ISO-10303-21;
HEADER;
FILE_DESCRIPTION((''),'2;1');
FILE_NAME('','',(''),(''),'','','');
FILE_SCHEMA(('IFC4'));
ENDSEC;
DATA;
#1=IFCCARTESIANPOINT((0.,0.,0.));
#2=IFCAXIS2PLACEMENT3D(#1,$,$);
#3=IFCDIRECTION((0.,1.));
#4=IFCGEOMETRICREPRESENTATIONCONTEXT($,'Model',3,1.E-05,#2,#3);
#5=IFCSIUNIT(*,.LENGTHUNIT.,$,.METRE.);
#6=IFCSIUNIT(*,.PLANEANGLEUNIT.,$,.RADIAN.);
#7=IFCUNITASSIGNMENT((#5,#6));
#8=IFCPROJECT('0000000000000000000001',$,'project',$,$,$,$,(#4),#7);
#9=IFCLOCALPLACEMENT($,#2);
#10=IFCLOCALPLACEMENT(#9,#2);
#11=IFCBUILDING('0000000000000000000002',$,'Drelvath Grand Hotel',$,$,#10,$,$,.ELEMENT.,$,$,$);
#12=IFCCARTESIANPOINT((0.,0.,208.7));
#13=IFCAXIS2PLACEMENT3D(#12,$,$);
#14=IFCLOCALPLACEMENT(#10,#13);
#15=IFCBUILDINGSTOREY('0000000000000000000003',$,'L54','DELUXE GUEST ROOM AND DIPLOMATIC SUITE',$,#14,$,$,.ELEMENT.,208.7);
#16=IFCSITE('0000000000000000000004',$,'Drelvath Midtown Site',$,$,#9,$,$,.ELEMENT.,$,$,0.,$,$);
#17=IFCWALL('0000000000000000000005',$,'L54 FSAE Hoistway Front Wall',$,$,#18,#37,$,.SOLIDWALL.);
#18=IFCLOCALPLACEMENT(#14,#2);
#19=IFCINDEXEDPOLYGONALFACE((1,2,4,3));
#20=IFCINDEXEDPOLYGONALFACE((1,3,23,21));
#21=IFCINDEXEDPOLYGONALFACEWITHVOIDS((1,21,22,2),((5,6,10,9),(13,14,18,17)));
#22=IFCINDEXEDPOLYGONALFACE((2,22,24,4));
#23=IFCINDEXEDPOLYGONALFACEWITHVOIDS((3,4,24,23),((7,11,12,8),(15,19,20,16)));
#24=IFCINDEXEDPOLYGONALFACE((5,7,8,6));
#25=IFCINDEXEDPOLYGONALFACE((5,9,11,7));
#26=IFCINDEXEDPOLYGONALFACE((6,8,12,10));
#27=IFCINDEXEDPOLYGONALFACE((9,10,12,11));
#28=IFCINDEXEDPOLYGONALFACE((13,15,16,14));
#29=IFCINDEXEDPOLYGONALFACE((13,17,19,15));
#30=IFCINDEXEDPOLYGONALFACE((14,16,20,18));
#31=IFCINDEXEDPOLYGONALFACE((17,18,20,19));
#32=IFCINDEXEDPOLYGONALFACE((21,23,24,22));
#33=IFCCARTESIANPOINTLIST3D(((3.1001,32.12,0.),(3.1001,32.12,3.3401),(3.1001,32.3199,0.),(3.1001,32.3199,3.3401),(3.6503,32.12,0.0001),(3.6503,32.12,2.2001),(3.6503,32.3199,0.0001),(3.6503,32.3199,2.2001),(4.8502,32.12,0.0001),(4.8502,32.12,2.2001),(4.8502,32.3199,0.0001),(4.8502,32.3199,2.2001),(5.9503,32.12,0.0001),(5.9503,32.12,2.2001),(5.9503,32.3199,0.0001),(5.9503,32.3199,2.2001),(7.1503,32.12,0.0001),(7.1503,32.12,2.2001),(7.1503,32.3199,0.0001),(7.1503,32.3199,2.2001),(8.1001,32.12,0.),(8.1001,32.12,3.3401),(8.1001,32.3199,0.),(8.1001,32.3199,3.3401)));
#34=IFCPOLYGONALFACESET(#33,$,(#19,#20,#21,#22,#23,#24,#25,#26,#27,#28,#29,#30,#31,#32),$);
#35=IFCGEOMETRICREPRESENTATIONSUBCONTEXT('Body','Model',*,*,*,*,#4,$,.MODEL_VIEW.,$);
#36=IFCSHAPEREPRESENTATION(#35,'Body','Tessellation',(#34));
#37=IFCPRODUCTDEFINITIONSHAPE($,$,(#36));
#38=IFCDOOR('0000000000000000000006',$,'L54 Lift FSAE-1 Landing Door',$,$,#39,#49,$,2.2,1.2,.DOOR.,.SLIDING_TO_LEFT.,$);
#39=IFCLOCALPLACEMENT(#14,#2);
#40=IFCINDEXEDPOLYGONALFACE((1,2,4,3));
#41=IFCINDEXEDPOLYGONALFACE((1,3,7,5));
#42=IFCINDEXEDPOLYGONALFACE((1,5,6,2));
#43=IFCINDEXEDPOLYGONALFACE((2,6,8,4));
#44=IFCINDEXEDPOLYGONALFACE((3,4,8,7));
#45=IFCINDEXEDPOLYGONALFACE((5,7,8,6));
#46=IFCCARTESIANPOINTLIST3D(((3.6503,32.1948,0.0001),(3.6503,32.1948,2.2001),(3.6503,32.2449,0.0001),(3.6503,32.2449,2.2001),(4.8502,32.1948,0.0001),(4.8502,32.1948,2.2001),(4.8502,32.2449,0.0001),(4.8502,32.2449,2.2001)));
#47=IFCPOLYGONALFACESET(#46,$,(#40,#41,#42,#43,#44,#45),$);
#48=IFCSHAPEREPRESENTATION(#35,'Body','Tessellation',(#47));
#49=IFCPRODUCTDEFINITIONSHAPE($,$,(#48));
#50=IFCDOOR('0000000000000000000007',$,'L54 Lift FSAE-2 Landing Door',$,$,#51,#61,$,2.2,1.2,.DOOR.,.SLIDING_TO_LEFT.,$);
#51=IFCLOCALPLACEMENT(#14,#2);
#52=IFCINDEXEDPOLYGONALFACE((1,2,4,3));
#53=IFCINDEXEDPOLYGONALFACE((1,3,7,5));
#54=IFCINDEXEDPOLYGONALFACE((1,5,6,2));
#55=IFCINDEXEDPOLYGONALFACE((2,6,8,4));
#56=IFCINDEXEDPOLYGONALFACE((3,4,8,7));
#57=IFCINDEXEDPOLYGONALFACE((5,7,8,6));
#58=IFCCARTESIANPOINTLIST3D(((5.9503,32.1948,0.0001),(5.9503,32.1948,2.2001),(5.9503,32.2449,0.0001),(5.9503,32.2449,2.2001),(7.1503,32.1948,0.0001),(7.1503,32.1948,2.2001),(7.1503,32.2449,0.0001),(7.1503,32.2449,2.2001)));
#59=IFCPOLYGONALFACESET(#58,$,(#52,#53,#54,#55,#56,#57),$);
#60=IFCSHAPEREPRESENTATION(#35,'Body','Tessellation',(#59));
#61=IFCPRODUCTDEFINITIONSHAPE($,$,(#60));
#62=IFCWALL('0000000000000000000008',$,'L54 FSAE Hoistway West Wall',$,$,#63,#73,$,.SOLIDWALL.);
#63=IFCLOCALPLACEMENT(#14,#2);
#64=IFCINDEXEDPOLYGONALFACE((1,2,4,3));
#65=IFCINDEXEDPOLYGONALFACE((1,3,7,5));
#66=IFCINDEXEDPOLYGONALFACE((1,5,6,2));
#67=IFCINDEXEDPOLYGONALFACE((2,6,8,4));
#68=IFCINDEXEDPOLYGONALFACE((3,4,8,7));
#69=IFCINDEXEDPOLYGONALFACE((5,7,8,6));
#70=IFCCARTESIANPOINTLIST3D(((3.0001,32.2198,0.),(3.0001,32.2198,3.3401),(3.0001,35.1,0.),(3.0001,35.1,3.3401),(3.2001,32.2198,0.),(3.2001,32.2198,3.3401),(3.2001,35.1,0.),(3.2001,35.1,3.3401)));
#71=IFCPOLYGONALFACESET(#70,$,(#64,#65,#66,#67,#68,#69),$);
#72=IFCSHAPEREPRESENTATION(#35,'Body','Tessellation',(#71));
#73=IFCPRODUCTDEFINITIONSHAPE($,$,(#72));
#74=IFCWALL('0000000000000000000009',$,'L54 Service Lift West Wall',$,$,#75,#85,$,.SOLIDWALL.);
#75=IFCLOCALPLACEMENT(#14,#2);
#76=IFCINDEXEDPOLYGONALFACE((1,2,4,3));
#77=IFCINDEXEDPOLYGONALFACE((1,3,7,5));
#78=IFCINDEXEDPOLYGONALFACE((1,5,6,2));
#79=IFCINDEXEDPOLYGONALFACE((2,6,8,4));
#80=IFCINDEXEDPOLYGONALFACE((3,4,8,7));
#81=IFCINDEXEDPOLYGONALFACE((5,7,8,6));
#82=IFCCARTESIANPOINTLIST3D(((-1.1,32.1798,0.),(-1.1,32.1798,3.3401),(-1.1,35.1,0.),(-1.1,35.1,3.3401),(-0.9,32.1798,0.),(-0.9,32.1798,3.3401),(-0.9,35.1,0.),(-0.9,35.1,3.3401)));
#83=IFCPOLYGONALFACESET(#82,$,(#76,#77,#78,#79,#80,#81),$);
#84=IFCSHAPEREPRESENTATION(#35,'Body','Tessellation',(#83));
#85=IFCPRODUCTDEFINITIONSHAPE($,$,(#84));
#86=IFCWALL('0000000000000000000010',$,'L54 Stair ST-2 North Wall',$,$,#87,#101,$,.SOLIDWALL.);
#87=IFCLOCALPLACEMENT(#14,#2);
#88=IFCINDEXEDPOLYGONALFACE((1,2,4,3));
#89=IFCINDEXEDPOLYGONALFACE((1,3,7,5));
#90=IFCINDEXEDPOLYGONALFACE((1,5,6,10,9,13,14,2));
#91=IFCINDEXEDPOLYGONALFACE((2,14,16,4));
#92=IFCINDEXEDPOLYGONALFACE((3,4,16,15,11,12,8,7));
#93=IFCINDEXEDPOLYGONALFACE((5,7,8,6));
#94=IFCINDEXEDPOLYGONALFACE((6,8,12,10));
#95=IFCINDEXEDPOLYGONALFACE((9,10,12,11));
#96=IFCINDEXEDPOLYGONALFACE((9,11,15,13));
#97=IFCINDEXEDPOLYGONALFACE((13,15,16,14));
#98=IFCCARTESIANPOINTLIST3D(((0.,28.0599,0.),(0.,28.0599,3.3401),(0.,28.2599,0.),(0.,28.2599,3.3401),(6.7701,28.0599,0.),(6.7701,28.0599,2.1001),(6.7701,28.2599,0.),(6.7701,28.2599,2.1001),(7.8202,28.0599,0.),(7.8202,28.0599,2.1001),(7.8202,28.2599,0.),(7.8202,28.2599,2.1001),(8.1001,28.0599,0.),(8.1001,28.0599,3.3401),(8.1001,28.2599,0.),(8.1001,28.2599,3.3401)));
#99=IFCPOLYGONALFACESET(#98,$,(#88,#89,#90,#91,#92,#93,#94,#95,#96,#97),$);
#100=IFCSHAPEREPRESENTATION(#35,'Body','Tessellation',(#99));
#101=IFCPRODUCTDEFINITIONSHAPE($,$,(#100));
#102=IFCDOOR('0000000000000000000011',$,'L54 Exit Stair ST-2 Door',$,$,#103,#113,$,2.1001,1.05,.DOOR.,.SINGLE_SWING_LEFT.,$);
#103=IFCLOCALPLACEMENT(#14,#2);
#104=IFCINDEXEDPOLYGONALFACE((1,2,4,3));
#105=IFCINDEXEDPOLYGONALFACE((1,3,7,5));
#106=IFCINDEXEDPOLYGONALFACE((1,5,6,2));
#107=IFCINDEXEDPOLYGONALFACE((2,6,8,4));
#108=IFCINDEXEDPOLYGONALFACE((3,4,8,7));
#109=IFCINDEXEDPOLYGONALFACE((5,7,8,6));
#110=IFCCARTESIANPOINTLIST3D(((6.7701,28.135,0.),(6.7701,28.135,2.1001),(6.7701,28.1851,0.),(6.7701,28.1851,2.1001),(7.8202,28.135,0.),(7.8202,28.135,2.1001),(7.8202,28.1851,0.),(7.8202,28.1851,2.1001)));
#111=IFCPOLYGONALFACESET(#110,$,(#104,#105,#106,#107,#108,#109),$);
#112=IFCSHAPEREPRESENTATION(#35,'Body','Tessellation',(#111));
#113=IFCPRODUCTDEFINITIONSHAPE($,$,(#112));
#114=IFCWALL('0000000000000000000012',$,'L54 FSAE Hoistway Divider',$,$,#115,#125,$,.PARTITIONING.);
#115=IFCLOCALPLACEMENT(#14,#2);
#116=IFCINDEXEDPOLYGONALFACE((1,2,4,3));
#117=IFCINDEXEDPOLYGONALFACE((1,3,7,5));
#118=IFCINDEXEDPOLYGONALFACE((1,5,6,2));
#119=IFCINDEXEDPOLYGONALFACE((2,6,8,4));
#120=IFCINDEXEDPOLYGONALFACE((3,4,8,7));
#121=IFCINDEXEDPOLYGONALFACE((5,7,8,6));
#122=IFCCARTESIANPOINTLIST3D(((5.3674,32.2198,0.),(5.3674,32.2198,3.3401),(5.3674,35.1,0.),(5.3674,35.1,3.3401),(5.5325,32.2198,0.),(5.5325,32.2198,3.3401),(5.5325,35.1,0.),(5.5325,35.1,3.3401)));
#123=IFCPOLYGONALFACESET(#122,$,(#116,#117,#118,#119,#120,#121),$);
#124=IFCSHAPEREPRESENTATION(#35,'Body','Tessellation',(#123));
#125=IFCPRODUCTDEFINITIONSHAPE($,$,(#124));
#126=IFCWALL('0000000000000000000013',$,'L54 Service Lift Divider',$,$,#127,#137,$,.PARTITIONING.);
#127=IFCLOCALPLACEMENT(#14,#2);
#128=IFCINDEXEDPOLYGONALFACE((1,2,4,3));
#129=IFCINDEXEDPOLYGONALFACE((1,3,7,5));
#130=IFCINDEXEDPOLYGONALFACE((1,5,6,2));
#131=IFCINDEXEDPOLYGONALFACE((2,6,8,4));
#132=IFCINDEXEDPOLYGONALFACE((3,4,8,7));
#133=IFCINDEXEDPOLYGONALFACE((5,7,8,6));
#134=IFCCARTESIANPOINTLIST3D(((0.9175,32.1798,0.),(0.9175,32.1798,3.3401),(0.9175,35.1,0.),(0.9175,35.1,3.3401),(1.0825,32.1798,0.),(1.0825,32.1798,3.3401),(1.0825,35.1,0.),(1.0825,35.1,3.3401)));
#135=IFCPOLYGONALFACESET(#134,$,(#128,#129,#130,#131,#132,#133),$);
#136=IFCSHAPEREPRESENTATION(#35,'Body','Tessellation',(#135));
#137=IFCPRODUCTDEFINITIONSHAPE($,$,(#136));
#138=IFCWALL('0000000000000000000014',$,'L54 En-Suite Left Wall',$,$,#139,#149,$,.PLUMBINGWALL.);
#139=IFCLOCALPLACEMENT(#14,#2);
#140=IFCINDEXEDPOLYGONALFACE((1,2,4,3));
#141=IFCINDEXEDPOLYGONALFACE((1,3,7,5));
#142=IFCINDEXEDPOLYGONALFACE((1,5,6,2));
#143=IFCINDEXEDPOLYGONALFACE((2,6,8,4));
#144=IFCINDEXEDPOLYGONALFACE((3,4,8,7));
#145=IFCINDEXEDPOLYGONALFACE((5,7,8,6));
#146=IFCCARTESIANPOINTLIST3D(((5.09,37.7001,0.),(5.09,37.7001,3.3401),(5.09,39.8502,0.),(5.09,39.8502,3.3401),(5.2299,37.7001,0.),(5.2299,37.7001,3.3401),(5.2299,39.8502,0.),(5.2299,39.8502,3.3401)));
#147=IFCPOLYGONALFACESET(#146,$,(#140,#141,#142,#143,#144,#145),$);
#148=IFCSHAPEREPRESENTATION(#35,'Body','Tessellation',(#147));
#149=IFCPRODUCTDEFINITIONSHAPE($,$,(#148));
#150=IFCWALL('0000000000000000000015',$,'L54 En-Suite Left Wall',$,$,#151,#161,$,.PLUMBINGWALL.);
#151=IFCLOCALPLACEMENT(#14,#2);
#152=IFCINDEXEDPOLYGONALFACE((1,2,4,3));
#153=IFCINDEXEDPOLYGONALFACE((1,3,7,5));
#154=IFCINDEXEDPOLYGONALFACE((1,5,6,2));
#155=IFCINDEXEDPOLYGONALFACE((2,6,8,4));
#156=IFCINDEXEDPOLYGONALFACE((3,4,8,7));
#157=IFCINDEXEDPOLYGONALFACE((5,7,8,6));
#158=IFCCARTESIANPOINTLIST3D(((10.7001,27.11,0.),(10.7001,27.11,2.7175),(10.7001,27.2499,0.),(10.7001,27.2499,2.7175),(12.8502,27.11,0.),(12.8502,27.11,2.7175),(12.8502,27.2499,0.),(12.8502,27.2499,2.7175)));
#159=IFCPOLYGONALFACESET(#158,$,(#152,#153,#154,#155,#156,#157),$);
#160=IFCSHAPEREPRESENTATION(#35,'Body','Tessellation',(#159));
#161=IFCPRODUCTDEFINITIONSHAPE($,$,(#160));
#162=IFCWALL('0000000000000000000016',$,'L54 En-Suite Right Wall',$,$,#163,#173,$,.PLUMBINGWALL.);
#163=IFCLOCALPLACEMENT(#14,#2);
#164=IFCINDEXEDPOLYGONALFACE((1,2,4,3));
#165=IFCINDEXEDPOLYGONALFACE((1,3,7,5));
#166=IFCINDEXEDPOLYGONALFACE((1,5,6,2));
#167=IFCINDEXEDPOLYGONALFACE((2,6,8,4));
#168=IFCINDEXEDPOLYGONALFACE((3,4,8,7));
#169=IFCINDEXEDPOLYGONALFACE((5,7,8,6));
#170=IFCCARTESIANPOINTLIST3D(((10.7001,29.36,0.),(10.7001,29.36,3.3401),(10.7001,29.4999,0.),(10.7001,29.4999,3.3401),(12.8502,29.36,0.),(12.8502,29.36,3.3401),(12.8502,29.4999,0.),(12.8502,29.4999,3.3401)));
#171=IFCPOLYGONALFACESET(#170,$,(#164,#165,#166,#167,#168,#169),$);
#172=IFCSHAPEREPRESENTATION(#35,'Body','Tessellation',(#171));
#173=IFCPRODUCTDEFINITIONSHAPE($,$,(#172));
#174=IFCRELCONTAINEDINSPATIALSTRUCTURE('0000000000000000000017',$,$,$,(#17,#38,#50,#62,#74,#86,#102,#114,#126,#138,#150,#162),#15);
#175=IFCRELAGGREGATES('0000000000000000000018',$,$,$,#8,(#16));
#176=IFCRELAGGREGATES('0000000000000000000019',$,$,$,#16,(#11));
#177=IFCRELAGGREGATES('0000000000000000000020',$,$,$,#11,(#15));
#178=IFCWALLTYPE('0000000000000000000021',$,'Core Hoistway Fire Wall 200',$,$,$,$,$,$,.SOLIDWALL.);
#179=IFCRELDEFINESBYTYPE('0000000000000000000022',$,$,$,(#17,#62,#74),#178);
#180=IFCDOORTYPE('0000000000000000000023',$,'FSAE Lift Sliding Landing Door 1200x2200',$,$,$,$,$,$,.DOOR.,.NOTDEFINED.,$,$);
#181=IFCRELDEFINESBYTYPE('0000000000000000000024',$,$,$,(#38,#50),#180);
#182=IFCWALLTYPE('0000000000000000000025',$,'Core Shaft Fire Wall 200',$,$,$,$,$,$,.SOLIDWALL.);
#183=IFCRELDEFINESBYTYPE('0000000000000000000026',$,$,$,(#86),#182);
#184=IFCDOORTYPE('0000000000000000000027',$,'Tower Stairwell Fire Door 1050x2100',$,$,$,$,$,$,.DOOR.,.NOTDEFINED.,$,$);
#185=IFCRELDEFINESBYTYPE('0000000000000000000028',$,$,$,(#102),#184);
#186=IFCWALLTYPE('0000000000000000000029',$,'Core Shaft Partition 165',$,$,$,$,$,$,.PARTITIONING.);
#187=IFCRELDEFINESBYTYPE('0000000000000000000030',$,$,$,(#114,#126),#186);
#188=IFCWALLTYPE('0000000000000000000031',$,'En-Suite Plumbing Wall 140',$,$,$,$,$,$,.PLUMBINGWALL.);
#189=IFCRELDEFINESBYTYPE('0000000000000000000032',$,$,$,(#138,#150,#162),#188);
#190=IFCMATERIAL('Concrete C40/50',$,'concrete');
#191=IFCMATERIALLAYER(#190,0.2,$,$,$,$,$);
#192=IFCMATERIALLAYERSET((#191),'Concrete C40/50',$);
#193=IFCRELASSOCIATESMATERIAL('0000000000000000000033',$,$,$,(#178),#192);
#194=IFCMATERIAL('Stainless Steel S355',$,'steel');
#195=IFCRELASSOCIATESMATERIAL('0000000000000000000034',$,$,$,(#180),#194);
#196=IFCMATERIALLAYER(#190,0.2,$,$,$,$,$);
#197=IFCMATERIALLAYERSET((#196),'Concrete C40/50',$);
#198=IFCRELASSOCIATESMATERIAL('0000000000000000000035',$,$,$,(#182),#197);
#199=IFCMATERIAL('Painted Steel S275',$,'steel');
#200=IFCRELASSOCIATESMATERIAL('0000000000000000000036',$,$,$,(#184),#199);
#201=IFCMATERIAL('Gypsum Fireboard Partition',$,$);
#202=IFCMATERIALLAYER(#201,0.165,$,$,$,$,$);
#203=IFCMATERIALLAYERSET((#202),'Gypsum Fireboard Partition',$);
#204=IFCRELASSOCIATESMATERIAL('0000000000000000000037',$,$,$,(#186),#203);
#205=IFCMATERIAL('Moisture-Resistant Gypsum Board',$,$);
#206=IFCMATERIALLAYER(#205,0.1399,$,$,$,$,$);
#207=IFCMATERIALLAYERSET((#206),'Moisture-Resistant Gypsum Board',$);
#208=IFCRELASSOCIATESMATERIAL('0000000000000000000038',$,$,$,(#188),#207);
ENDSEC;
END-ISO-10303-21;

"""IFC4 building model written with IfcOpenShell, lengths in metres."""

from ifc_helpers import new_model, si_unit, direction, frame, frame_2d, origin, place, context, subcontext, project, spatial, rectangle, extrude, material, layer, layer_set, type_object, element, fill, save


model = new_model("IFC4")

# Units and contexts
model_context = context("Model", 3, precision=1e-05, world=origin(), true_north=direction((0.0, 1.0)))
body_context = subcontext(model_context, "Body", "Model", "MODEL_VIEW")
ifc_project = project(units=[si_unit("LENGTHUNIT", "METRE"), si_unit("PLANEANGLEUNIT", "RADIAN")], contexts=[model_context])

# Site, building, storey
site_placement = place(None, origin())
site = spatial("IfcSite", under=ifc_project, at=site_placement, Name="Drelvath Midtown Site", CompositionType="ELEMENT", RefElevation=0.0)
building_placement = place(site_placement, origin())
building = spatial("IfcBuilding", under=site, at=building_placement, Name="Drelvath Grand Hotel", CompositionType="ELEMENT")
storey_placement = place(building_placement, frame((0.0, 0.0, 208.7)))
storey = spatial("IfcBuildingStorey", under=building, at=storey_placement, Name="L54", Description="DELUXE GUEST ROOM AND DIPLOMATIC SUITE", CompositionType="ELEMENT", Elevation=208.7)

# Wall, openings, doors
ifc_material_1 = material(Name="Concrete C40/50", Category="concrete")
ifc_layer_1 = layer(ifc_material_1, 0.2)
ifc_layer_set_1 = layer_set([ifc_layer_1], Name="Concrete C40/50")
wall_type_1 = type_object("IfcWallType", Name="Core Hoistway Fire Wall 200", PredefinedType="SOLIDWALL", material=ifc_layer_set_1)
wall_1_placement = place(storey_placement, frame((3.1001, 32.22, 0.0), z_axis=(0.0, 0.0, 1.0), x_axis=(1.0, 0.0, 0.0)))
wall_1 = element("IfcWall", 1, at=wall_1_placement, inside=storey, type_object=wall_type_1, Name="L54 FSAE Hoistway Front Wall", PredefinedType="SOLIDWALL", context=body_context, shape_type="SweptSolid", body=[
    extrude(rectangle(XDim=5.0, YDim=0.2, at=frame_2d((2.5, 0.0))), origin(), (0.0, 0.0, 1.0), 3.3401),
])
opening_1_placement = place(wall_1_placement, frame((0.55, 0.0, 0.0)))
opening_1 = element("IfcOpeningElement", 2, at=opening_1_placement, cuts=wall_1, PredefinedType="OPENING", context=body_context, shape_type="SweptSolid", body=[
    extrude(rectangle(XDim=1.2, YDim=2.2, at=frame_2d((0.6001, 1.1001))), frame((0.0, 0.1099, 0.0), z_axis=(0.0, -1.0, 0.0), x_axis=(1.0, 0.0, 0.0)), (0.0, 0.0, 1.0), 0.22),
])
opening_2_placement = place(wall_1_placement, frame((2.8501, 0.0, 0.0)))
opening_2 = element("IfcOpeningElement", 3, at=opening_2_placement, cuts=wall_1, PredefinedType="OPENING", context=body_context, shape_type="SweptSolid", body=[
    extrude(rectangle(XDim=1.2, YDim=2.2, at=frame_2d((0.6001, 1.1001))), frame((0.0, 0.1099, 0.0), z_axis=(0.0, -1.0, 0.0), x_axis=(1.0, 0.0, 0.0)), (0.0, 0.0, 1.0), 0.22),
])
ifc_material_2 = material(Name="Stainless Steel S355", Category="steel")
door_type_1 = type_object("IfcDoorType", Name="FSAE Lift Sliding Landing Door 1200x2200", OperationType="NOTDEFINED", PredefinedType="DOOR", material=ifc_material_2)
door_1_placement = place(opening_1_placement, origin())
door_1 = element("IfcDoor", 4, at=door_1_placement, inside=storey, type_object=door_type_1, Name="L54 Lift FSAE-1 Landing Door", OperationType="SLIDING_TO_LEFT", OverallHeight=2.2, OverallWidth=1.2, PredefinedType="DOOR", context=body_context, shape_type="SweptSolid", body=[
    extrude(rectangle(XDim=1.2, YDim=2.2, at=frame_2d((0.6001, 1.1001))), frame((0.0, 0.0249, 0.0), z_axis=(0.0, -1.0, 0.0), x_axis=(1.0, 0.0, 0.0)), (0.0, 0.0, 1.0), 0.05),
])
fill(opening_1, door_1)
door_2_placement = place(opening_2_placement, origin())
door_2 = element("IfcDoor", 5, at=door_2_placement, inside=storey, type_object=door_type_1, Name="L54 Lift FSAE-2 Landing Door", OperationType="SLIDING_TO_LEFT", OverallHeight=2.2, OverallWidth=1.2, PredefinedType="DOOR", context=body_context, shape_type="SweptSolid", body=[
    extrude(rectangle(XDim=1.2, YDim=2.2, at=frame_2d((0.6001, 1.1001))), frame((0.0, 0.0249, 0.0), z_axis=(0.0, -1.0, 0.0), x_axis=(1.0, 0.0, 0.0)), (0.0, 0.0, 1.0), 0.05),
])
fill(opening_2, door_2)

# Walls
wall_2_placement = place(storey_placement, frame((3.1001, 32.22, 0.0), z_axis=(0.0, 0.0, 1.0), x_axis=(0.0, 1.0, 0.0)))
element("IfcWall", 6, at=wall_2_placement, inside=storey, type_object=wall_type_1, Name="L54 FSAE Hoistway West Wall", PredefinedType="SOLIDWALL", context=body_context, shape_type="SweptSolid", body=[
    extrude(rectangle(XDim=2.8801, YDim=0.2, at=frame_2d((1.4399, 0.0))), origin(), (0.0, 0.0, 1.0), 3.3401),
])
wall_3_placement = place(storey_placement, frame((-1.0, 32.1799, 0.0), z_axis=(0.0, 0.0, 1.0), x_axis=(0.0, 1.0, 0.0)))
element("IfcWall", 7, at=wall_3_placement, inside=storey, type_object=wall_type_1, Name="L54 Service Lift West Wall", PredefinedType="SOLIDWALL", context=body_context, shape_type="SweptSolid", body=[
    extrude(rectangle(XDim=2.9202, YDim=0.2, at=frame_2d((1.46, 0.0))), origin(), (0.0, 0.0, 1.0), 3.3401),
])

# Wall, opening, door
ifc_layer_2 = layer(ifc_material_1, 0.2)
ifc_layer_set_2 = layer_set([ifc_layer_2], Name="Concrete C40/50")
wall_type_2 = type_object("IfcWallType", Name="Core Shaft Fire Wall 200", PredefinedType="SOLIDWALL", material=ifc_layer_set_2)
wall_4_placement = place(storey_placement, frame((8.1001, 28.1599, 0.0), z_axis=(0.0, 0.0, 1.0), x_axis=(-1.0, 0.0, 0.0)))
wall_4 = element("IfcWall", 8, at=wall_4_placement, inside=storey, type_object=wall_type_2, Name="L54 Stair ST-2 North Wall", PredefinedType="SOLIDWALL", context=body_context, shape_type="SweptSolid", body=[
    extrude(rectangle(XDim=8.1001, YDim=0.2, at=frame_2d((4.05, 0.0))), origin(), (0.0, 0.0, 1.0), 3.3401),
])
opening_3_placement = place(wall_4_placement, frame((0.28, 0.0, 0.0)))
opening_3 = element("IfcOpeningElement", 9, at=opening_3_placement, cuts=wall_4, PredefinedType="OPENING", context=body_context, shape_type="SweptSolid", body=[
    extrude(rectangle(XDim=1.05, YDim=2.1001, at=frame_2d((0.5249, 1.05))), frame((0.0, 0.1099, 0.0), z_axis=(0.0, -1.0, 0.0), x_axis=(1.0, 0.0, 0.0)), (0.0, 0.0, 1.0), 0.22),
])
ifc_material_3 = material(Name="Painted Steel S275", Category="steel")
door_type_2 = type_object("IfcDoorType", Name="Tower Stairwell Fire Door 1050x2100", OperationType="NOTDEFINED", PredefinedType="DOOR", material=ifc_material_3)
door_3_placement = place(opening_3_placement, origin())
door_3 = element("IfcDoor", 10, at=door_3_placement, inside=storey, type_object=door_type_2, Name="L54 Exit Stair ST-2 Door", OperationType="SINGLE_SWING_LEFT", OverallHeight=2.1001, OverallWidth=1.05, PredefinedType="DOOR", context=body_context, shape_type="SweptSolid", body=[
    extrude(rectangle(XDim=1.05, YDim=2.1001, at=frame_2d((0.5249, 1.05))), frame((0.0, 0.0249, 0.0), z_axis=(0.0, -1.0, 0.0), x_axis=(1.0, 0.0, 0.0)), (0.0, 0.0, 1.0), 0.05),
])
fill(opening_3, door_3)

# Walls
ifc_material_4 = material(Name="Gypsum Fireboard Partition")
ifc_layer_3 = layer(ifc_material_4, 0.165)
ifc_layer_set_3 = layer_set([ifc_layer_3], Name="Gypsum Fireboard Partition")
wall_type_3 = type_object("IfcWallType", Name="Core Shaft Partition 165", PredefinedType="PARTITIONING", material=ifc_layer_set_3)
wall_5_placement = place(storey_placement, frame((5.45, 32.22, 0.0), z_axis=(0.0, 0.0, 1.0), x_axis=(0.0, 1.0, 0.0)))
element("IfcWall", 11, at=wall_5_placement, inside=storey, type_object=wall_type_3, Name="L54 FSAE Hoistway Divider", PredefinedType="PARTITIONING", context=body_context, shape_type="SweptSolid", body=[
    extrude(rectangle(XDim=2.8801, YDim=0.165, at=frame_2d((1.4399, 0.0))), origin(), (0.0, 0.0, 1.0), 3.3401),
])
wall_6_placement = place(storey_placement, frame((1.0, 32.1799, 0.0), z_axis=(0.0, 0.0, 1.0), x_axis=(0.0, 1.0, 0.0)))
element("IfcWall", 12, at=wall_6_placement, inside=storey, type_object=wall_type_3, Name="L54 Service Lift Divider", PredefinedType="PARTITIONING", context=body_context, shape_type="SweptSolid", body=[
    extrude(rectangle(XDim=2.9202, YDim=0.165, at=frame_2d((1.46, 0.0))), origin(), (0.0, 0.0, 1.0), 3.3401),
])
ifc_material_5 = material(Name="Moisture-Resistant Gypsum Board")
ifc_layer_4 = layer(ifc_material_5, 0.1399)
ifc_layer_set_4 = layer_set([ifc_layer_4], Name="Moisture-Resistant Gypsum Board")
wall_type_4 = type_object("IfcWallType", Name="En-Suite Plumbing Wall 140", PredefinedType="PLUMBINGWALL", material=ifc_layer_set_4)
wall_7_placement = place(storey_placement, frame((5.1599, 37.7, 0.0), z_axis=(0.0, 0.0, 1.0), x_axis=(0.0, 1.0, 0.0)))
element("IfcWall", 13, at=wall_7_placement, inside=storey, type_object=wall_type_4, Name="L54 En-Suite Left Wall", PredefinedType="PLUMBINGWALL", context=body_context, shape_type="SweptSolid", body=[
    extrude(rectangle(XDim=2.1501, YDim=0.1399, at=frame_2d((1.0752, 0.0))), origin(), (0.0, 0.0, 1.0), 3.3401),
])
wall_8_placement = place(storey_placement, frame((10.7, 27.1799, 0.0), z_axis=(0.0, 0.0, 1.0), x_axis=(1.0, 0.0, 0.0)))
element("IfcWall", 14, at=wall_8_placement, inside=storey, type_object=wall_type_4, Name="L54 En-Suite Left Wall", PredefinedType="PLUMBINGWALL", context=body_context, shape_type="SweptSolid", body=[
    extrude(rectangle(XDim=2.1501, YDim=0.1399, at=frame_2d((1.0752, 0.0))), origin(), (0.0, 0.0, 1.0), 2.7175),
])
wall_9_placement = place(storey_placement, frame((10.7, 29.4299, 0.0), z_axis=(0.0, 0.0, 1.0), x_axis=(1.0, 0.0, 0.0)))
element("IfcWall", 15, at=wall_9_placement, inside=storey, type_object=wall_type_4, Name="L54 En-Suite Right Wall", PredefinedType="PLUMBINGWALL", context=body_context, shape_type="SweptSolid", body=[
    extrude(rectangle(XDim=2.1501, YDim=0.1399, at=frame_2d((1.0752, 0.0))), origin(), (0.0, 0.0, 1.0), 3.3401),
])

save(model, "model.ifc")
